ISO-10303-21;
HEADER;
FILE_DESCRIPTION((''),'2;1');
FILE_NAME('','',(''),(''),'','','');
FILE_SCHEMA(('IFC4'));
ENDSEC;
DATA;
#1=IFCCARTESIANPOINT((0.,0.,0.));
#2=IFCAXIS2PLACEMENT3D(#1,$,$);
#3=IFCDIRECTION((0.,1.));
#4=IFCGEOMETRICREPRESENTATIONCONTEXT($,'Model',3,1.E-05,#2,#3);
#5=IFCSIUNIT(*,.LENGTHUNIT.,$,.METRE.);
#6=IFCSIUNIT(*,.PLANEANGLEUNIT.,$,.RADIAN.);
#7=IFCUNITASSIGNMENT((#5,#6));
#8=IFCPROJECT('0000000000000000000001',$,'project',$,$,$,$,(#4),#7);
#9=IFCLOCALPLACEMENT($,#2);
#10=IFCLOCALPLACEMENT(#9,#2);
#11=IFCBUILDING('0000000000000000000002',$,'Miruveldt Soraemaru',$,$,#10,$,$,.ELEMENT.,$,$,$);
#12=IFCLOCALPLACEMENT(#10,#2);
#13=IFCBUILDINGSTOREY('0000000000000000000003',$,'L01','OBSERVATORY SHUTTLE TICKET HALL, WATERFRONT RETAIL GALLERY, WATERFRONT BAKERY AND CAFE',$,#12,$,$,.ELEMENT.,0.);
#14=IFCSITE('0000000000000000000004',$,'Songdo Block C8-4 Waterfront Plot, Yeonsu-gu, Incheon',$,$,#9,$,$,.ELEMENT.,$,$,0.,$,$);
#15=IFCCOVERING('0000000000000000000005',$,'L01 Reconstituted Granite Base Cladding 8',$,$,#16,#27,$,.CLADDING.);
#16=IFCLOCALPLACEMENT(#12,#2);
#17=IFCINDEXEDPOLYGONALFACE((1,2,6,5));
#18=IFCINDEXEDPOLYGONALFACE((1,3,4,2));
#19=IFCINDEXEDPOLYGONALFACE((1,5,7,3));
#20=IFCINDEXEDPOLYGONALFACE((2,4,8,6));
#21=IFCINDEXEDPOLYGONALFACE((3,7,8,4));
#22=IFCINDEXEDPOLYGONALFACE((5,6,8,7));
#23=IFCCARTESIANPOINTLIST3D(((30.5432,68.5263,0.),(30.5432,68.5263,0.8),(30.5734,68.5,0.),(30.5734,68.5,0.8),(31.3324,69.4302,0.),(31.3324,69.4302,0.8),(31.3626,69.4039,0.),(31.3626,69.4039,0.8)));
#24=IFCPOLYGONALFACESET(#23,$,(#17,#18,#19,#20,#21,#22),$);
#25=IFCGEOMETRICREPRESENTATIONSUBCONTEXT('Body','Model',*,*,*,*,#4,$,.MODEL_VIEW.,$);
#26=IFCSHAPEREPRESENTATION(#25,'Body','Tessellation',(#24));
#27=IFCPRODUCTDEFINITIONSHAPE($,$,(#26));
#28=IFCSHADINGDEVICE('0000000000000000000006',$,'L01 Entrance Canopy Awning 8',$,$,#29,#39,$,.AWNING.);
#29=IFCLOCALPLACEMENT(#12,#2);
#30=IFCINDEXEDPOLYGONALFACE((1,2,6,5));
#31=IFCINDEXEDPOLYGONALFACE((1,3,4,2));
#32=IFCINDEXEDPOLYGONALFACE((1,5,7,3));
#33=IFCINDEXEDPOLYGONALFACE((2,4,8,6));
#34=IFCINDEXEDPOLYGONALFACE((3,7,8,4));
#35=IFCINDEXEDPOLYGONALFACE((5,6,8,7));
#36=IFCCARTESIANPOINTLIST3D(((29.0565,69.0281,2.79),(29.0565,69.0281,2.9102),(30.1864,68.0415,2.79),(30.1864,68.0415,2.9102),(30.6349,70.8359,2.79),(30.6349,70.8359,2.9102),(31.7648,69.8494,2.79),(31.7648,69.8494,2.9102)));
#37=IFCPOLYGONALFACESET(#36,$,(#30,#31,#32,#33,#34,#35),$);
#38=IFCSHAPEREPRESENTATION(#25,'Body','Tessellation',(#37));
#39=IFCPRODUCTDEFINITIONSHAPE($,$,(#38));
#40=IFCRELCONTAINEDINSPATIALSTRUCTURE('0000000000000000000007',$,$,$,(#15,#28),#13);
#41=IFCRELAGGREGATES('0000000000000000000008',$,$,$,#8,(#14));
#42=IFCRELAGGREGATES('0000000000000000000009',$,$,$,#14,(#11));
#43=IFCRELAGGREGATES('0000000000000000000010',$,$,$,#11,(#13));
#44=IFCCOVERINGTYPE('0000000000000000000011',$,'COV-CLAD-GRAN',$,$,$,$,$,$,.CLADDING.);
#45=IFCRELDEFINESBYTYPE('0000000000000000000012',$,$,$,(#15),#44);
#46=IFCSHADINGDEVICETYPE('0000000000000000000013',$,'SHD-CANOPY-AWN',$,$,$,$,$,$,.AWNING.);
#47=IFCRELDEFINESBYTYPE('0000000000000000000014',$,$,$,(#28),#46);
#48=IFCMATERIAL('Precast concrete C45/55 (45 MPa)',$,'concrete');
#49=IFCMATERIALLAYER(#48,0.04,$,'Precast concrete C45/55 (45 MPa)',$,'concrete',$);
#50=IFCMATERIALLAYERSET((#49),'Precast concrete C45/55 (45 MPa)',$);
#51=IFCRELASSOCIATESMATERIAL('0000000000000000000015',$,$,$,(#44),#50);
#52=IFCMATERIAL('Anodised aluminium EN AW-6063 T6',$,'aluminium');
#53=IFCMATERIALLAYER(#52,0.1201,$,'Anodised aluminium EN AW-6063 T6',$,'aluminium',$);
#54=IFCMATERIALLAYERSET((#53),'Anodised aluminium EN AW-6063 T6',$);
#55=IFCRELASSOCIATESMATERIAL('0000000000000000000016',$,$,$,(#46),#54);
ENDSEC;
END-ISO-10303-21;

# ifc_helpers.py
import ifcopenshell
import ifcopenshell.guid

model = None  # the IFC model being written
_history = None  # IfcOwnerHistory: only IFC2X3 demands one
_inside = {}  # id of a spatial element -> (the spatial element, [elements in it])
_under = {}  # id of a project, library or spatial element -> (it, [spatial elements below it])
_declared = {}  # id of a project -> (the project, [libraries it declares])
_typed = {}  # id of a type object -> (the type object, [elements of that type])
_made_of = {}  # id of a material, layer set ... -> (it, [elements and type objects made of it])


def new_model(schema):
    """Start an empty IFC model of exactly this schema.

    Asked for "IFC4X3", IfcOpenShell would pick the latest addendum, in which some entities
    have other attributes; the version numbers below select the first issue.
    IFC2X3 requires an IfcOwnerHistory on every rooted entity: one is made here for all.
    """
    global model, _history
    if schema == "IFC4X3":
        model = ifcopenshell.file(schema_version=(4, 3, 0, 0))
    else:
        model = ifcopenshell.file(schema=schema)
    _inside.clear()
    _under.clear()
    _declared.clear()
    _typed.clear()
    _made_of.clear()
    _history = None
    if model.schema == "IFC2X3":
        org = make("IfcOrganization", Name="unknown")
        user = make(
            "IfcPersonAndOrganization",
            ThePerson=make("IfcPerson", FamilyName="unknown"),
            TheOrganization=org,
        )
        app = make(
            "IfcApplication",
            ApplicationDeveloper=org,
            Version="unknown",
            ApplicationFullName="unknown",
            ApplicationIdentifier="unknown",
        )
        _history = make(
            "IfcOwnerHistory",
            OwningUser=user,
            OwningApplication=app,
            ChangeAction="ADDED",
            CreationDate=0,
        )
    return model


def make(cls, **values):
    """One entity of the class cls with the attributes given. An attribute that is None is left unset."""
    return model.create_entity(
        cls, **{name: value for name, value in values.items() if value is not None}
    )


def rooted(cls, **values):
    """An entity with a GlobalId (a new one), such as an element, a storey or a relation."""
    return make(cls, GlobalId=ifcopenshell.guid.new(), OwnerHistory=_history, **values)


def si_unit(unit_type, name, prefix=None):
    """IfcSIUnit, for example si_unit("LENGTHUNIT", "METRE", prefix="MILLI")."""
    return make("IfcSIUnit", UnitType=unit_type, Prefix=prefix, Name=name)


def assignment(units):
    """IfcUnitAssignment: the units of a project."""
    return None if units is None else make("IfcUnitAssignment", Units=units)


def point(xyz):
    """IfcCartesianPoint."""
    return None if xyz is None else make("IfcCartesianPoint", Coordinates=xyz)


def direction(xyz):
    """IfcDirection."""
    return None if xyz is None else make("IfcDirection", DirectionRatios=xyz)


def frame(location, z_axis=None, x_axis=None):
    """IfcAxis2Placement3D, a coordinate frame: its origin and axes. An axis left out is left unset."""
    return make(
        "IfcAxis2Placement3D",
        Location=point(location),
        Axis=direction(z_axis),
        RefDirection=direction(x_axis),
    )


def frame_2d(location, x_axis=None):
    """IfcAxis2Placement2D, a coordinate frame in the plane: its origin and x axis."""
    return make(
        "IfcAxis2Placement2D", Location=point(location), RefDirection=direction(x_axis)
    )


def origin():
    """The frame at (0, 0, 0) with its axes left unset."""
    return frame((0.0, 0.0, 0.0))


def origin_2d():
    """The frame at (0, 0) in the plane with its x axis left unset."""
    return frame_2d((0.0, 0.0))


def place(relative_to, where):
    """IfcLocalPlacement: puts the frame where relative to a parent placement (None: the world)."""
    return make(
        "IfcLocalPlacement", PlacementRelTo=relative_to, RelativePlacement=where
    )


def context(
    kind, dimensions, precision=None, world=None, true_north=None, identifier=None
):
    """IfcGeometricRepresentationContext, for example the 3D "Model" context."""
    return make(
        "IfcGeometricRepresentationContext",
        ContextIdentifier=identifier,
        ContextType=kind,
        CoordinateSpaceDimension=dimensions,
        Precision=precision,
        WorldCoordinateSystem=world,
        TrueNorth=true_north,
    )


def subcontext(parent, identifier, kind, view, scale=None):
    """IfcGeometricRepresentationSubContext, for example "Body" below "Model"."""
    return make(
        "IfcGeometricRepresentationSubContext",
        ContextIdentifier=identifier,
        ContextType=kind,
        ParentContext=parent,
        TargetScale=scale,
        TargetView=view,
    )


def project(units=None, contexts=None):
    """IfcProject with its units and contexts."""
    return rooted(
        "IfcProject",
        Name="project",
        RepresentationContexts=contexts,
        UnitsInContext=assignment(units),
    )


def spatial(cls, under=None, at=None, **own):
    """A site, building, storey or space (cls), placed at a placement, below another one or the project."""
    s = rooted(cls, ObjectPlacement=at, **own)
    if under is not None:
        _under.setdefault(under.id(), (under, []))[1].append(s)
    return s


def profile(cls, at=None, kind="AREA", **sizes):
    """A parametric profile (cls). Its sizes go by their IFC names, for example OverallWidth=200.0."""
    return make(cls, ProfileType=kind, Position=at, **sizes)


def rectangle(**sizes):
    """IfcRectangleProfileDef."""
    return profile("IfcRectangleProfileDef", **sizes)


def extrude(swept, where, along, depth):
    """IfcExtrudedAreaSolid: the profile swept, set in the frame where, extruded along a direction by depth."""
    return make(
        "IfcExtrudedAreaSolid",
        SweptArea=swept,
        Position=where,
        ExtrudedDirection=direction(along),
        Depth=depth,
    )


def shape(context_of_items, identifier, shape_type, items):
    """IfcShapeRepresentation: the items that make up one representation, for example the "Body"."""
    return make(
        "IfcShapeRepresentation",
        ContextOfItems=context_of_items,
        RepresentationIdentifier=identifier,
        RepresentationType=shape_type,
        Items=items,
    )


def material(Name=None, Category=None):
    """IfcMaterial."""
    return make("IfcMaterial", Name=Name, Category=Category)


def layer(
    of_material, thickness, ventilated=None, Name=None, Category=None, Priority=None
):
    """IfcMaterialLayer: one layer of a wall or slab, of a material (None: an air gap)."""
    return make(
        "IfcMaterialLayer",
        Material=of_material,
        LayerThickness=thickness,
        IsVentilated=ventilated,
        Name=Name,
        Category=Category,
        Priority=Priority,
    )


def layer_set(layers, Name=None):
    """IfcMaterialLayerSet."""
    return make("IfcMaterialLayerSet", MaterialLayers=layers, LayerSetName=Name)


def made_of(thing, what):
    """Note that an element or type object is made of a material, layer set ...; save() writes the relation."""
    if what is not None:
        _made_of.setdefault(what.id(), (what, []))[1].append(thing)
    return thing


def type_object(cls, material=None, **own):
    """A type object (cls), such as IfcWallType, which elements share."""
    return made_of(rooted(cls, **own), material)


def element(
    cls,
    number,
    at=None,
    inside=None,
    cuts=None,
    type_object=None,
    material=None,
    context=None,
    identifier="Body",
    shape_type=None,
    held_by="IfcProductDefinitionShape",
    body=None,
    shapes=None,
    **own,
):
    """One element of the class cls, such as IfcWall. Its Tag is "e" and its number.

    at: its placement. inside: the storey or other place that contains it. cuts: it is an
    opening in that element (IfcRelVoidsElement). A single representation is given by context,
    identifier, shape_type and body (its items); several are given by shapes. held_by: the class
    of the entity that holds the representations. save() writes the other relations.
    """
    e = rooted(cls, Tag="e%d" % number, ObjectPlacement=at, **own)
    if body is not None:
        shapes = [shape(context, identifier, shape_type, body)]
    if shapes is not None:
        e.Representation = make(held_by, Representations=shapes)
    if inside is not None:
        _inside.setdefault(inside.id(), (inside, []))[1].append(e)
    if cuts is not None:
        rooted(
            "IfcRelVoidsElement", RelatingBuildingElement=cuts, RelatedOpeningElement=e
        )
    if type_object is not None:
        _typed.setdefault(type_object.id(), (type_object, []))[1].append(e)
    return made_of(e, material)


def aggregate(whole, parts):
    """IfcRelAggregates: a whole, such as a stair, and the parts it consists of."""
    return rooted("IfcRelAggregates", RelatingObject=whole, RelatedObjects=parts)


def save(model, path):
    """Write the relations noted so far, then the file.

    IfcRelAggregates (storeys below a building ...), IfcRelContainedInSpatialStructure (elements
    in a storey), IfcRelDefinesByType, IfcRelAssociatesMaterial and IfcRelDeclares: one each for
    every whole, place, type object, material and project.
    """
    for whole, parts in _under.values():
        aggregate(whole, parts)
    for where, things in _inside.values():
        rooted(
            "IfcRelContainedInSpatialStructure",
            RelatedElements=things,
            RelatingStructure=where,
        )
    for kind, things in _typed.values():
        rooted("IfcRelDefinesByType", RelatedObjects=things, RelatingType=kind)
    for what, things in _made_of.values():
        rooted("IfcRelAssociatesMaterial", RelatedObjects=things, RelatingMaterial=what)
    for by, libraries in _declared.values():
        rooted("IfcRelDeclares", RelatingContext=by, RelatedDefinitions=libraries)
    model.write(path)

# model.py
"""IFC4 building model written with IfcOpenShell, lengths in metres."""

from ifc_helpers import new_model, si_unit, direction, frame, origin, origin_2d, place, context, subcontext, project, spatial, rectangle, extrude, material, layer, layer_set, type_object, element, save


model = new_model("IFC4")

# Units and contexts
model_context = context("Model", 3, precision=1e-05, world=origin(), true_north=direction((0.0, 1.0)))
body_context = subcontext(model_context, "Body", "Model", "MODEL_VIEW")
ifc_project = project(units=[si_unit("LENGTHUNIT", "METRE"), si_unit("PLANEANGLEUNIT", "RADIAN")], contexts=[model_context])

# Site, building, storey
site_placement = place(None, origin())
site = spatial("IfcSite", under=ifc_project, at=site_placement, Name="Songdo Block C8-4 Waterfront Plot, Yeonsu-gu, Incheon", CompositionType="ELEMENT", RefElevation=0.0)
building_placement = place(site_placement, origin())
building = spatial("IfcBuilding", under=site, at=building_placement, Name="Miruveldt Soraemaru", CompositionType="ELEMENT")
storey_placement = place(building_placement, origin())
storey = spatial("IfcBuildingStorey", under=building, at=storey_placement, Name="L01", Description="OBSERVATORY SHUTTLE TICKET HALL, WATERFRONT RETAIL GALLERY, WATERFRONT BAKERY AND CAFE", CompositionType="ELEMENT", Elevation=0.0)

# Shared definitions
ifc_material_1 = material(Name="Anodised aluminium EN AW-6063 T6", Category="aluminium")

# Shared definitions
ifc_material_2 = material(Name="Precast concrete C45/55 (45 MPa)", Category="concrete")

# Covering
ifc_layer_1 = layer(ifc_material_2, 0.04, Name="Precast concrete C45/55 (45 MPa)", Category="concrete")
ifc_layer_set_1 = layer_set([ifc_layer_1], Name="Precast concrete C45/55 (45 MPa)")
covering_type = type_object("IfcCoveringType", Name="COV-CLAD-GRAN", PredefinedType="CLADDING", material=ifc_layer_set_1)
covering_placement = place(storey_placement, frame((30.9529, 68.9651, 0.0), z_axis=(0.0, 0.0, 1.0), x_axis=(-0.657691, -0.753288, 0.0)))
element("IfcCovering", 1, at=covering_placement, inside=storey, type_object=covering_type, Name="L01 Reconstituted Granite Base Cladding 8", PredefinedType="CLADDING", context=body_context, shape_type="SweptSolid", body=[
    extrude(rectangle(XDim=1.2, YDim=0.04, at=origin_2d()), origin(), (0.0, 0.0, 1.0), 0.8),
])

# Shading device
ifc_layer_2 = layer(ifc_material_1, 0.1201, Name="Anodised aluminium EN AW-6063 T6", Category="aluminium")
ifc_layer_set_2 = layer_set([ifc_layer_2], Name="Anodised aluminium EN AW-6063 T6")
shading_device_type = type_object("IfcShadingDeviceType", Name="SHD-CANOPY-AWN", PredefinedType="AWNING", material=ifc_layer_set_2)
shading_device_placement = place(storey_placement, frame((30.4106, 69.4387, 2.79), z_axis=(0.0, 0.0, 1.0), x_axis=(-0.657691, -0.753288, 0.0)))
element("IfcShadingDevice", 2, at=shading_device_placement, inside=storey, type_object=shading_device_type, Name="L01 Entrance Canopy Awning 8", PredefinedType="AWNING", context=body_context, shape_type="SweptSolid", body=[
    extrude(rectangle(XDim=2.3999, YDim=1.5, at=origin_2d()), origin(), (0.0, 0.0, 1.0), 0.1201),
])

save(model, "model.ifc")
